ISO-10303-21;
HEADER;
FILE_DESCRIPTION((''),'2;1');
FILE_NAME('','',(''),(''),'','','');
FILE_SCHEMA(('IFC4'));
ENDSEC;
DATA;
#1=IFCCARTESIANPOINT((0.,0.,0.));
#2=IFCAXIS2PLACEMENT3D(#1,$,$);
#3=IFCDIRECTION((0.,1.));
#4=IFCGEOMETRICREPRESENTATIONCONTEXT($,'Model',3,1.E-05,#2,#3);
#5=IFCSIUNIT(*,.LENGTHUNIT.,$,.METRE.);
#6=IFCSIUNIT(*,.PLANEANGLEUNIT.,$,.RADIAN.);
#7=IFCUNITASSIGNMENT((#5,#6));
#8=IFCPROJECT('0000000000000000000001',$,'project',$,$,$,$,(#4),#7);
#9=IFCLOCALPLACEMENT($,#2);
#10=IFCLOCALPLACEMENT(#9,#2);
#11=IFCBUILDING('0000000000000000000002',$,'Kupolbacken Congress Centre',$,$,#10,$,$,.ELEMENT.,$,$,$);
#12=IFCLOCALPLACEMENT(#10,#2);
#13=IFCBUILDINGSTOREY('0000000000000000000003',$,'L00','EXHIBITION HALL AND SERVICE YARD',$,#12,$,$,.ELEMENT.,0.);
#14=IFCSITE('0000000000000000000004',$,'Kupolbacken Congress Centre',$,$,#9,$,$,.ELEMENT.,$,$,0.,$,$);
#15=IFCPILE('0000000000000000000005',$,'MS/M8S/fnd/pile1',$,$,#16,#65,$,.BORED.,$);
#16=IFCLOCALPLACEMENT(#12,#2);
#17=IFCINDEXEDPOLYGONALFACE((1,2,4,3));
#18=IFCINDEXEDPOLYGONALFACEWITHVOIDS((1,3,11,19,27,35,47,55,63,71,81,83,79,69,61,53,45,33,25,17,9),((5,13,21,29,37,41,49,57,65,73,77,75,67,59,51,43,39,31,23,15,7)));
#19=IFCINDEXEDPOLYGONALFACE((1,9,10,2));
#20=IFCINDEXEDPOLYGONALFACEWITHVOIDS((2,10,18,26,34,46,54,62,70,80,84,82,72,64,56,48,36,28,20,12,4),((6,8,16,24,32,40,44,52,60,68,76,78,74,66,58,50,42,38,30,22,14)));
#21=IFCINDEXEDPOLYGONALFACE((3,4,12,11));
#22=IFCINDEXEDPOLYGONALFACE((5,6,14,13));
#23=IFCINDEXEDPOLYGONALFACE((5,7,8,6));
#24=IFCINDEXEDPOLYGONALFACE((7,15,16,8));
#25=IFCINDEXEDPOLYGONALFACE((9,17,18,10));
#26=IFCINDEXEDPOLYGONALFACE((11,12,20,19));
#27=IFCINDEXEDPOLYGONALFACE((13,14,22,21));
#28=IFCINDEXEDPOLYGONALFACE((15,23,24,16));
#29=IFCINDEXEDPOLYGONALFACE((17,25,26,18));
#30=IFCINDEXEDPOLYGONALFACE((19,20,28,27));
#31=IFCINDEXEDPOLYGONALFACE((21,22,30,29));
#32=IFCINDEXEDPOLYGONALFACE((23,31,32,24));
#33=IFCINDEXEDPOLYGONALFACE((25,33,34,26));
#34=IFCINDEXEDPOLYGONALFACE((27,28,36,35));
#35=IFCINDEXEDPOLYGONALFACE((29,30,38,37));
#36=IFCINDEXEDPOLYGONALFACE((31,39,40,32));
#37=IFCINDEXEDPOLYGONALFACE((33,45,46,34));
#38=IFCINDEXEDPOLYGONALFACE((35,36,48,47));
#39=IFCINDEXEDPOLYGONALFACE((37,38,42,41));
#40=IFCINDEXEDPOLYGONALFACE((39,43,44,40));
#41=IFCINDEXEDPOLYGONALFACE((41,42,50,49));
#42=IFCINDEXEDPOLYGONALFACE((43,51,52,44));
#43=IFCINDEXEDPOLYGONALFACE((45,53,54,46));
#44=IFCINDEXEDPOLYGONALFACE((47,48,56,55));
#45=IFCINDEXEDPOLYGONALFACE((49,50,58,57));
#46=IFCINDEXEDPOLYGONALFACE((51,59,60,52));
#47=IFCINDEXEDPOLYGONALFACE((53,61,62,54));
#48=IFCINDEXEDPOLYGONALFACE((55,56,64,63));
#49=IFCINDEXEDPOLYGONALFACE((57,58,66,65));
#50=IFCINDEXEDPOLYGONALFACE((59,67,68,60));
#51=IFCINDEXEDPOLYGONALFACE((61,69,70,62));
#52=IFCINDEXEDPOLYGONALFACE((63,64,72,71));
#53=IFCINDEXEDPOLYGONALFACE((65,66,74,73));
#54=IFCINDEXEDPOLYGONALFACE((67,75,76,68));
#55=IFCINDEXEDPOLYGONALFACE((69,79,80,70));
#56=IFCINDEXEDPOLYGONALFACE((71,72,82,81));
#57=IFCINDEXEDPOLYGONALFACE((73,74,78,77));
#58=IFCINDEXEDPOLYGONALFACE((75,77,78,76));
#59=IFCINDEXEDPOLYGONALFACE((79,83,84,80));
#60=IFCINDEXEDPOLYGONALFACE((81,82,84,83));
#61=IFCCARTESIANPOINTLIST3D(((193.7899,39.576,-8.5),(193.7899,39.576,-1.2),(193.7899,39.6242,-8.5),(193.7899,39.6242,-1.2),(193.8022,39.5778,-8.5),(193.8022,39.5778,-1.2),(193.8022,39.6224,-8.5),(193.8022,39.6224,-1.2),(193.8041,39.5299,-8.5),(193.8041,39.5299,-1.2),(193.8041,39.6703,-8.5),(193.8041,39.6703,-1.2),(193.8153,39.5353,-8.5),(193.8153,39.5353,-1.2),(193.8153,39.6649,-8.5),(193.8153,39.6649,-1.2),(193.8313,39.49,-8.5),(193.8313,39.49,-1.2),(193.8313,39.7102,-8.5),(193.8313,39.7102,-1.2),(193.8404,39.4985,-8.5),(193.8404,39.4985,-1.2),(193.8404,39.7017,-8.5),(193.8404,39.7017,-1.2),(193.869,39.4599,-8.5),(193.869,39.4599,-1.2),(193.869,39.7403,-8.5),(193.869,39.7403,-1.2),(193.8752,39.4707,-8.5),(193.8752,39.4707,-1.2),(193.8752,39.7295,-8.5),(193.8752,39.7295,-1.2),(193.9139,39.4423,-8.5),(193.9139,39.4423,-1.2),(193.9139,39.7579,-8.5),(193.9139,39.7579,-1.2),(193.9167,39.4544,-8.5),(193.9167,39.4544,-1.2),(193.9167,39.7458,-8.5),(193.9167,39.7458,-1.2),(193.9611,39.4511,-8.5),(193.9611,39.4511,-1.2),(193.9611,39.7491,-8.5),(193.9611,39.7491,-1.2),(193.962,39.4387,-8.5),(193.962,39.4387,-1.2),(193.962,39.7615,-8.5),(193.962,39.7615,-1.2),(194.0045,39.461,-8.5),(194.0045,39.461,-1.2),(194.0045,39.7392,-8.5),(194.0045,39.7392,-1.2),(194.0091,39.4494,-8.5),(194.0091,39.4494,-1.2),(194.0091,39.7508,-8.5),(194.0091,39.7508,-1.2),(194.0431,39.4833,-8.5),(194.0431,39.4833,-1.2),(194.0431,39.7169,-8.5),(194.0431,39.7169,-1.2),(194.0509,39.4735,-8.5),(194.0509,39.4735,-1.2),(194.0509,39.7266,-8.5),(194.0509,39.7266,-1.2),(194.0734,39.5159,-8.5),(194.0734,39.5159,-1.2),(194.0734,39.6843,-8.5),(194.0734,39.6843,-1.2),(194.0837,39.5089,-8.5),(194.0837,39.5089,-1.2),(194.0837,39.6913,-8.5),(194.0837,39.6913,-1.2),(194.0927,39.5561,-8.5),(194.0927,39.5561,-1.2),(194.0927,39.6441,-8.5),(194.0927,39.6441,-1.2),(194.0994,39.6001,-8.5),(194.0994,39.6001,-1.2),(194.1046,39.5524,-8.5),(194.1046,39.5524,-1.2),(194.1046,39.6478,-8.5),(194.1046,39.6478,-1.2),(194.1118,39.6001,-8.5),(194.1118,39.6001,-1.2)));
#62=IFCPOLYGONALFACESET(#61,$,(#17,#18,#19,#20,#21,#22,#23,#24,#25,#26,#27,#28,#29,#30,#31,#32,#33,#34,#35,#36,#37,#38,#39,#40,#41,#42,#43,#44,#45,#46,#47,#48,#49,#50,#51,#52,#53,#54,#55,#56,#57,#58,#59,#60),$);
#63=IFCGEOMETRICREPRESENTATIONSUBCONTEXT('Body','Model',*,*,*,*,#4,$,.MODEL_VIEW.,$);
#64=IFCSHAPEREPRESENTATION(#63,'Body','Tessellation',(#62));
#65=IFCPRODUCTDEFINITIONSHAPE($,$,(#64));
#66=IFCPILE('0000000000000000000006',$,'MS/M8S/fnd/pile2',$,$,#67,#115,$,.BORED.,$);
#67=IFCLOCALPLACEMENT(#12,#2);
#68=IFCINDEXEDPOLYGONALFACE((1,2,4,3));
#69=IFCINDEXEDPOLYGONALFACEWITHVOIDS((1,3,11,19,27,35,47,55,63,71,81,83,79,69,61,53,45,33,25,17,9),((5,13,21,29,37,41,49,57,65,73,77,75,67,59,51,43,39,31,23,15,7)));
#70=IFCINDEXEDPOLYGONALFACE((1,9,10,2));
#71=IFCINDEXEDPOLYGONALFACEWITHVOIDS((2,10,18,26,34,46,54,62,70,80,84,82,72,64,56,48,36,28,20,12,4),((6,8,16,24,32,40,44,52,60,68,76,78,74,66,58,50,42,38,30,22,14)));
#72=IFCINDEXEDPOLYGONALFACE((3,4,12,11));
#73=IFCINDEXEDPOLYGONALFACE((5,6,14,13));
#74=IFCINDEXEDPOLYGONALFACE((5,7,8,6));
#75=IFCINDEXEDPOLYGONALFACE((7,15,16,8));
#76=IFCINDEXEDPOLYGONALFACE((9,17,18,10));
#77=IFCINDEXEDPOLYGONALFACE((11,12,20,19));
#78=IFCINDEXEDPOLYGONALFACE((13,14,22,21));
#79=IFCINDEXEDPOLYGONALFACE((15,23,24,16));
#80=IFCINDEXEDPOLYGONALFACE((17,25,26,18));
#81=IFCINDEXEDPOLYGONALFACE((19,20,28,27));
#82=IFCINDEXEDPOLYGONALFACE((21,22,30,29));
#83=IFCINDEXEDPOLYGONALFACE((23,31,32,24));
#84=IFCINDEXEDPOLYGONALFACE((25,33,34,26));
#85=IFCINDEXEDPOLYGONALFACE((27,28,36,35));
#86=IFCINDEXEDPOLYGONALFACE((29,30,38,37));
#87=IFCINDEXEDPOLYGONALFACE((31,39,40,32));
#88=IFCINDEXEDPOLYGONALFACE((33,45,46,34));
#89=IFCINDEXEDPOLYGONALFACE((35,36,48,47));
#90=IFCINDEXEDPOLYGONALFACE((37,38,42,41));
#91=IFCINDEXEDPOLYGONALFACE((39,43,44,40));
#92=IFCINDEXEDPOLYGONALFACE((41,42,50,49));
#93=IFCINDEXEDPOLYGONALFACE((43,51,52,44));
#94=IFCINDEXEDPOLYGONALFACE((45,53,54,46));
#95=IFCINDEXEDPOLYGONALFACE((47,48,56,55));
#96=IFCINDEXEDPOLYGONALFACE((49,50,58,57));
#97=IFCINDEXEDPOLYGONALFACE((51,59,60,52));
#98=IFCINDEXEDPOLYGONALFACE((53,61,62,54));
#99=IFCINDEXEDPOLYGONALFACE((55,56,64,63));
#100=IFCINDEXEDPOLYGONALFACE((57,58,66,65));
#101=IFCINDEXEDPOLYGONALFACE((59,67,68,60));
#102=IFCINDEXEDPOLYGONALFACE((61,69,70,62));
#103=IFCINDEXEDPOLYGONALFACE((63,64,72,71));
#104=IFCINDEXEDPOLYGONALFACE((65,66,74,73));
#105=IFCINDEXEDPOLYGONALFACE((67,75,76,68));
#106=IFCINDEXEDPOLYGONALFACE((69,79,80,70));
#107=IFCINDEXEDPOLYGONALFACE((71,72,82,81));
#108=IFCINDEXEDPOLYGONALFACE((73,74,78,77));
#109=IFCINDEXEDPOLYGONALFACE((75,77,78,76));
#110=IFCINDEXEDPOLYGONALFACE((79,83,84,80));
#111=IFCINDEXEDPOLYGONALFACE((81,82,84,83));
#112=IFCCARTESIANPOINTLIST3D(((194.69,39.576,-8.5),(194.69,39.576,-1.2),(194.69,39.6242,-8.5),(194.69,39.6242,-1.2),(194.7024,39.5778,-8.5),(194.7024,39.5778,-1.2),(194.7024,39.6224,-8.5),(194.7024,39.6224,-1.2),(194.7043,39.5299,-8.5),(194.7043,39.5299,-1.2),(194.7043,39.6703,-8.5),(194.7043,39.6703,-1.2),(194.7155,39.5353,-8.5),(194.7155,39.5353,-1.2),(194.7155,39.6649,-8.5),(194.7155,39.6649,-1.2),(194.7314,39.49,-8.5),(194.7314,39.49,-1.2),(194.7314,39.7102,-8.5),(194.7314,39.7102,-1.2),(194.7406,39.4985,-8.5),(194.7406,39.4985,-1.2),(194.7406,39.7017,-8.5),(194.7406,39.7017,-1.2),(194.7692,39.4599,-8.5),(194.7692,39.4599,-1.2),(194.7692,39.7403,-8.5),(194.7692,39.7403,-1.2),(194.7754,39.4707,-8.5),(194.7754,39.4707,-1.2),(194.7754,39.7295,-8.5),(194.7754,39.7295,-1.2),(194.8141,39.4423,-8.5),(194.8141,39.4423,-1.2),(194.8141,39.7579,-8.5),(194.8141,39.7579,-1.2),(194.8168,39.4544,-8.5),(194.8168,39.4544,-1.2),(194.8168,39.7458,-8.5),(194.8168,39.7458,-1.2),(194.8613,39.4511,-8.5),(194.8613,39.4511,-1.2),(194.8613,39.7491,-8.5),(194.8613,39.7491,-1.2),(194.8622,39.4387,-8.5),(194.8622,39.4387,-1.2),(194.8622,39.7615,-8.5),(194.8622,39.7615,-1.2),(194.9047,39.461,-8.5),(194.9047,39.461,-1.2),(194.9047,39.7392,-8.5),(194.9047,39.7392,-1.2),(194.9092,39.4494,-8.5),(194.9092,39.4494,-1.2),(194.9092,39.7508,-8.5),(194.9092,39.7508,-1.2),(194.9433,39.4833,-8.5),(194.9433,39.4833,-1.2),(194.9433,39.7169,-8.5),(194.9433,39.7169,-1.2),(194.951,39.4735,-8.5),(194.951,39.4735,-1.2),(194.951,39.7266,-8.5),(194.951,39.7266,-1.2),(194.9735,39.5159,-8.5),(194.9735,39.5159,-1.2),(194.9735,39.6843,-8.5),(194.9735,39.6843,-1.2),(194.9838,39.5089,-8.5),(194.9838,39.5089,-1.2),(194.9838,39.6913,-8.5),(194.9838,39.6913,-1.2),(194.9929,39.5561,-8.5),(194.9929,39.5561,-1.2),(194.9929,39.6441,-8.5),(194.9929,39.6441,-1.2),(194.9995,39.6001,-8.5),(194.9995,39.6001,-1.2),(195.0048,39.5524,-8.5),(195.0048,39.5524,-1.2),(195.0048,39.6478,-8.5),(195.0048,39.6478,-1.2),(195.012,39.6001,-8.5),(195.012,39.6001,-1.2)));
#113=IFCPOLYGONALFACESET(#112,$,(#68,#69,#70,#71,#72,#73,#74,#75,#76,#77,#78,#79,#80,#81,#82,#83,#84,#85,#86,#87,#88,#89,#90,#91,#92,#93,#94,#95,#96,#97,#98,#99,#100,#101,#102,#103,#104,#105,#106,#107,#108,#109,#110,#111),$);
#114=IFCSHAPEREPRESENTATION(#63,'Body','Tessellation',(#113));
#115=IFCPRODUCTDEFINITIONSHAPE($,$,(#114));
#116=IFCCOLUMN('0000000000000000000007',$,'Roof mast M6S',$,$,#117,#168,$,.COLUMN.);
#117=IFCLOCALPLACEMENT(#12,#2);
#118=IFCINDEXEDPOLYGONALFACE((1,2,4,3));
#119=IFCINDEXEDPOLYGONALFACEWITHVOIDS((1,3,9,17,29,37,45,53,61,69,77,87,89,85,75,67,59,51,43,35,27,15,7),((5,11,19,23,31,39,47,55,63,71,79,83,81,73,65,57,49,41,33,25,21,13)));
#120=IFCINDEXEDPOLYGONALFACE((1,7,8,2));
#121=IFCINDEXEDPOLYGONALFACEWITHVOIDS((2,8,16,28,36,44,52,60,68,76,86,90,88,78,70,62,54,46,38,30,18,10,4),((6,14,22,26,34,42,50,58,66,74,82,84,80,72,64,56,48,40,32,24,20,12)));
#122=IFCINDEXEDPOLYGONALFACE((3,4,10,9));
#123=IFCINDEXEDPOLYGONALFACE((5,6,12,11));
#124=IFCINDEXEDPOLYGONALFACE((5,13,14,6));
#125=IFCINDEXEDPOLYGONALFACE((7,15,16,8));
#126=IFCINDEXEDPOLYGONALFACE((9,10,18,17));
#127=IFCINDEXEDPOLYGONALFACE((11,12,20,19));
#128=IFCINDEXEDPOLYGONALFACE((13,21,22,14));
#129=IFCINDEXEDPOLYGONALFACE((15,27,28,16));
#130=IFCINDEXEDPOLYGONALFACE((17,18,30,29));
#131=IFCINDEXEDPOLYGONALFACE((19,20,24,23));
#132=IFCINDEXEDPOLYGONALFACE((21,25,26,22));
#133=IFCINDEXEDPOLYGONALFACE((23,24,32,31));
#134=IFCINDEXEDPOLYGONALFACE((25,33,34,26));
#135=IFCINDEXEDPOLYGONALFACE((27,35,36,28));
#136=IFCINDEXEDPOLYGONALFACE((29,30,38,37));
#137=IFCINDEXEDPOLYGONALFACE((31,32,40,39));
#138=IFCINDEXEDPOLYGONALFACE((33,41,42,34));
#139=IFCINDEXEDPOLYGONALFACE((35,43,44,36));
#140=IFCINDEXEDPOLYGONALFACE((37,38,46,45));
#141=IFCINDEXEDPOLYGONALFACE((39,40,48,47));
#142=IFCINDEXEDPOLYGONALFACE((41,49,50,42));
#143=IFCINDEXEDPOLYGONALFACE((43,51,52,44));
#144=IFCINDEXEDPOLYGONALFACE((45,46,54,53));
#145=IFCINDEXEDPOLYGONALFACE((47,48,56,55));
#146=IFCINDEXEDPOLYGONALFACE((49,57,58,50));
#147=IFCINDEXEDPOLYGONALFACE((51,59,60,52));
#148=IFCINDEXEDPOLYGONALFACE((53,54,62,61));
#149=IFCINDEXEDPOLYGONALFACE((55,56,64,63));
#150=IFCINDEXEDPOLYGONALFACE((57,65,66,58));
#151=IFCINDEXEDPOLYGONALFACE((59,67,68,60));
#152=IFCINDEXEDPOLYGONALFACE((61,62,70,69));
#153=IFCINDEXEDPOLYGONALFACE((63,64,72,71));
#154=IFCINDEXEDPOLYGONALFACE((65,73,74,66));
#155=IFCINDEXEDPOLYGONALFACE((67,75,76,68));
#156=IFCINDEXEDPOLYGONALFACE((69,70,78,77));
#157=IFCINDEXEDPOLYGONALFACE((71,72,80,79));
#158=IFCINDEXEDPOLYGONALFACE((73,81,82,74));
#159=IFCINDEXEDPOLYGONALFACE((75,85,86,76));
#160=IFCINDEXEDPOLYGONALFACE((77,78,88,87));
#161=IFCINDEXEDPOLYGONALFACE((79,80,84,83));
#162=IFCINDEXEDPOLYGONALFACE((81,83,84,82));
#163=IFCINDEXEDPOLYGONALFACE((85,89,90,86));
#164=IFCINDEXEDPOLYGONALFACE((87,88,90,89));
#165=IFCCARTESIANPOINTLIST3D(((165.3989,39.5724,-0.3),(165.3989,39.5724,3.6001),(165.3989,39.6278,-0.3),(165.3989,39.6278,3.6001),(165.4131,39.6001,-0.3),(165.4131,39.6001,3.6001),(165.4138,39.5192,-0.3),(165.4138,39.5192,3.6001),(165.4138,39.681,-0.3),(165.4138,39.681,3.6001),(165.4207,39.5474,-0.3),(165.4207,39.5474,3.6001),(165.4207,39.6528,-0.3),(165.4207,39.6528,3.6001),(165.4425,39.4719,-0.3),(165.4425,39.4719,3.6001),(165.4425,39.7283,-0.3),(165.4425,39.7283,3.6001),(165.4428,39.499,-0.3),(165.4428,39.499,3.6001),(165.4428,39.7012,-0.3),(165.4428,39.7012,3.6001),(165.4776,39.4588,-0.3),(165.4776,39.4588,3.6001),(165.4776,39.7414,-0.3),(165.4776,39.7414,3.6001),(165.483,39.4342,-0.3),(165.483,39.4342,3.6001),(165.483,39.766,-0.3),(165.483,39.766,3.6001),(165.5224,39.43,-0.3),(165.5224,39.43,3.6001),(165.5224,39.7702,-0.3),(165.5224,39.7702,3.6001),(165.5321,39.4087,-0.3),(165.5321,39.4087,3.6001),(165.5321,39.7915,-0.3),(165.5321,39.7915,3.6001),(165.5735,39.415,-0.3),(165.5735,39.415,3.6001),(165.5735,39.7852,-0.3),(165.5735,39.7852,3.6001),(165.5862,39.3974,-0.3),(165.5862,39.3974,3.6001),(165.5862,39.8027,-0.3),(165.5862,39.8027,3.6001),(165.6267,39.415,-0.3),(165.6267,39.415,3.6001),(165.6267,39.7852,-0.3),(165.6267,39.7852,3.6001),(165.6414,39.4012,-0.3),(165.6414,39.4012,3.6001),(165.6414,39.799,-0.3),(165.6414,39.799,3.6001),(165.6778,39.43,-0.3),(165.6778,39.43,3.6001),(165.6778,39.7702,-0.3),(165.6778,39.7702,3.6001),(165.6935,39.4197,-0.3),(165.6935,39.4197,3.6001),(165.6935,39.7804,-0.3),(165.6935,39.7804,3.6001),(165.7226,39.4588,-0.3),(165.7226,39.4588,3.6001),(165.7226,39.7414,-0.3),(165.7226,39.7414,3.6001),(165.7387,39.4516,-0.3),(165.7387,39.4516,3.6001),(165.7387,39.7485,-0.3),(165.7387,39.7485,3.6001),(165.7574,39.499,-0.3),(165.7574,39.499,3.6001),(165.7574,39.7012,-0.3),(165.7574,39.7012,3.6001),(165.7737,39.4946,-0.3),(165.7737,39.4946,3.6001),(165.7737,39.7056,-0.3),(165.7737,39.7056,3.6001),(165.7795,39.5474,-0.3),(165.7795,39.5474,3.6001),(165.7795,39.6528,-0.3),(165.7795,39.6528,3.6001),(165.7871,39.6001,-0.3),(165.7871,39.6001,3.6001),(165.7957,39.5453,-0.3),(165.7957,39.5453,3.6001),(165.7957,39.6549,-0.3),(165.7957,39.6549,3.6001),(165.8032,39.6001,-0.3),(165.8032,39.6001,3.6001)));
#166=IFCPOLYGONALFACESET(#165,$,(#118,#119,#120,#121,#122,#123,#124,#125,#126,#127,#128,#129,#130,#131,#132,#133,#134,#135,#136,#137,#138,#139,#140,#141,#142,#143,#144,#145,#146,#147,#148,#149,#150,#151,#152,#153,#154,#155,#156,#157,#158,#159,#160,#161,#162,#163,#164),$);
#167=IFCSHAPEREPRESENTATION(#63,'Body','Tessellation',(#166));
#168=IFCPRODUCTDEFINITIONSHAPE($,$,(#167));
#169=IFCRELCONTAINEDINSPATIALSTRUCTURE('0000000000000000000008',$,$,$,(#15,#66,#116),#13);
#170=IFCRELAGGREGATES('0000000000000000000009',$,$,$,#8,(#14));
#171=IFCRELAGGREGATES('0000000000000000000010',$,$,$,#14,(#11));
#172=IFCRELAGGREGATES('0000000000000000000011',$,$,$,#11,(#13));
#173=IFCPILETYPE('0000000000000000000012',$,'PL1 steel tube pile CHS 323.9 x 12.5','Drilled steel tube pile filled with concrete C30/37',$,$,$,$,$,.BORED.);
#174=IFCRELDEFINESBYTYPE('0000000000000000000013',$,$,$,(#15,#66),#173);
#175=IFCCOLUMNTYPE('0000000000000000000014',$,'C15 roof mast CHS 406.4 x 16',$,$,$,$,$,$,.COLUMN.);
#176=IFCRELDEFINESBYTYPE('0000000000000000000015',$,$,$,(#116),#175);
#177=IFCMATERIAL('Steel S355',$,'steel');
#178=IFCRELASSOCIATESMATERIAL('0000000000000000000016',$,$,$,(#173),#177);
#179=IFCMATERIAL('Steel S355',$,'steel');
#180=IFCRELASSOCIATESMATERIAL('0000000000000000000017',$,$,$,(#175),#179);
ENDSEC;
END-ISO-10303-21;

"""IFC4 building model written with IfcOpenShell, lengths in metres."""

from ifc_helpers import new_model, si_unit, direction, frame, origin, origin_2d, place, context, subcontext, project, spatial, hollow_circle, extrude, material, material_profile, profile_set, type_object, element, save


model = new_model("IFC4")

# Units and contexts
model_context = context("Model", 3, precision=1e-05, world=origin(), true_north=direction((0.0, 1.0)))
body_context = subcontext(model_context, "Body", "Model", "MODEL_VIEW")
ifc_project = project(units=[si_unit("LENGTHUNIT", "METRE"), si_unit("PLANEANGLEUNIT", "RADIAN")], contexts=[model_context])

# Site, building, storey
site_placement = place(None, origin())
site = spatial("IfcSite", under=ifc_project, at=site_placement, Name="Kupolbacken Congress Centre", CompositionType="ELEMENT", RefElevation=0.0)
building_placement = place(site_placement, origin())
building = spatial("IfcBuilding", under=site, at=building_placement, Name="Kupolbacken Congress Centre", CompositionType="ELEMENT")
storey_placement = place(building_placement, origin())
storey = spatial("IfcBuildingStorey", under=building, at=storey_placement, Name="L00", Description="EXHIBITION HALL AND SERVICE YARD", CompositionType="ELEMENT", Elevation=0.0)

# Piles
ifc_material_1 = material(Name="Steel S355", Category="steel")
ifc_material_profile_1 = material_profile(ifc_material_1, hollow_circle(Radius=0.1619, WallThickness=0.0125, at=origin_2d()), Name="CHS 323.9 x 12.5")
ifc_profile_set_1 = profile_set([ifc_material_profile_1], Name="Steel S355")
pile_type = type_object("IfcPileType", Name="PL1 steel tube pile CHS 323.9 x 12.5", Description="Drilled steel tube pile filled with concrete C30/37", PredefinedType="BORED", material=ifc_profile_set_1)
for number, where, z_axis, x_axis, name in (
    (1, (193.95, 39.6001, -1.2), (0.0, 0.0, -1.0), (1.0, 0.0, 0.0), "MS/M8S/fnd/pile1"),
    (2, (194.8501, 39.6001, -1.2), (0.0, 0.0, -1.0), (1.0, 0.0, 0.0), "MS/M8S/fnd/pile2"),
):
    element("IfcPile", number, at=place(storey_placement, frame(where, z_axis=z_axis, x_axis=x_axis)), inside=storey, type_object=pile_type, Name=name, PredefinedType="BORED", context=body_context, shape_type="SweptSolid", body=[
        extrude(hollow_circle(Radius=0.1619, WallThickness=0.0125, at=origin_2d()), origin(), (0.0, 0.0, 1.0), 7.3),
    ])

# Column
ifc_material_2 = material(Name="Steel S355", Category="steel")
ifc_material_profile_2 = material_profile(ifc_material_2, hollow_circle(Radius=0.2031, WallThickness=0.0161, at=origin_2d()), Name="CHS 406.4 x 16")
ifc_profile_set_2 = profile_set([ifc_material_profile_2], Name="Steel S355")
column_type = type_object("IfcColumnType", Name="C15 roof mast CHS 406.4 x 16", PredefinedType="COLUMN", material=ifc_profile_set_2)
for number, where, z_axis, x_axis, name in (
    (3, (165.6001, 39.6001, -0.3), (0.0, 0.0, 1.0), (1.0, 0.0, 0.0), "Roof mast M6S"),
):
    element("IfcColumn", number, at=place(storey_placement, frame(where, z_axis=z_axis, x_axis=x_axis)), inside=storey, type_object=column_type, Name=name, PredefinedType="COLUMN", context=body_context, shape_type="SweptSolid", body=[
        extrude(hollow_circle(Radius=0.2031, WallThickness=0.0161, at=origin_2d()), origin(), (0.0, 0.0, 1.0), 3.9001),
    ])

save(model, "model.ifc")
